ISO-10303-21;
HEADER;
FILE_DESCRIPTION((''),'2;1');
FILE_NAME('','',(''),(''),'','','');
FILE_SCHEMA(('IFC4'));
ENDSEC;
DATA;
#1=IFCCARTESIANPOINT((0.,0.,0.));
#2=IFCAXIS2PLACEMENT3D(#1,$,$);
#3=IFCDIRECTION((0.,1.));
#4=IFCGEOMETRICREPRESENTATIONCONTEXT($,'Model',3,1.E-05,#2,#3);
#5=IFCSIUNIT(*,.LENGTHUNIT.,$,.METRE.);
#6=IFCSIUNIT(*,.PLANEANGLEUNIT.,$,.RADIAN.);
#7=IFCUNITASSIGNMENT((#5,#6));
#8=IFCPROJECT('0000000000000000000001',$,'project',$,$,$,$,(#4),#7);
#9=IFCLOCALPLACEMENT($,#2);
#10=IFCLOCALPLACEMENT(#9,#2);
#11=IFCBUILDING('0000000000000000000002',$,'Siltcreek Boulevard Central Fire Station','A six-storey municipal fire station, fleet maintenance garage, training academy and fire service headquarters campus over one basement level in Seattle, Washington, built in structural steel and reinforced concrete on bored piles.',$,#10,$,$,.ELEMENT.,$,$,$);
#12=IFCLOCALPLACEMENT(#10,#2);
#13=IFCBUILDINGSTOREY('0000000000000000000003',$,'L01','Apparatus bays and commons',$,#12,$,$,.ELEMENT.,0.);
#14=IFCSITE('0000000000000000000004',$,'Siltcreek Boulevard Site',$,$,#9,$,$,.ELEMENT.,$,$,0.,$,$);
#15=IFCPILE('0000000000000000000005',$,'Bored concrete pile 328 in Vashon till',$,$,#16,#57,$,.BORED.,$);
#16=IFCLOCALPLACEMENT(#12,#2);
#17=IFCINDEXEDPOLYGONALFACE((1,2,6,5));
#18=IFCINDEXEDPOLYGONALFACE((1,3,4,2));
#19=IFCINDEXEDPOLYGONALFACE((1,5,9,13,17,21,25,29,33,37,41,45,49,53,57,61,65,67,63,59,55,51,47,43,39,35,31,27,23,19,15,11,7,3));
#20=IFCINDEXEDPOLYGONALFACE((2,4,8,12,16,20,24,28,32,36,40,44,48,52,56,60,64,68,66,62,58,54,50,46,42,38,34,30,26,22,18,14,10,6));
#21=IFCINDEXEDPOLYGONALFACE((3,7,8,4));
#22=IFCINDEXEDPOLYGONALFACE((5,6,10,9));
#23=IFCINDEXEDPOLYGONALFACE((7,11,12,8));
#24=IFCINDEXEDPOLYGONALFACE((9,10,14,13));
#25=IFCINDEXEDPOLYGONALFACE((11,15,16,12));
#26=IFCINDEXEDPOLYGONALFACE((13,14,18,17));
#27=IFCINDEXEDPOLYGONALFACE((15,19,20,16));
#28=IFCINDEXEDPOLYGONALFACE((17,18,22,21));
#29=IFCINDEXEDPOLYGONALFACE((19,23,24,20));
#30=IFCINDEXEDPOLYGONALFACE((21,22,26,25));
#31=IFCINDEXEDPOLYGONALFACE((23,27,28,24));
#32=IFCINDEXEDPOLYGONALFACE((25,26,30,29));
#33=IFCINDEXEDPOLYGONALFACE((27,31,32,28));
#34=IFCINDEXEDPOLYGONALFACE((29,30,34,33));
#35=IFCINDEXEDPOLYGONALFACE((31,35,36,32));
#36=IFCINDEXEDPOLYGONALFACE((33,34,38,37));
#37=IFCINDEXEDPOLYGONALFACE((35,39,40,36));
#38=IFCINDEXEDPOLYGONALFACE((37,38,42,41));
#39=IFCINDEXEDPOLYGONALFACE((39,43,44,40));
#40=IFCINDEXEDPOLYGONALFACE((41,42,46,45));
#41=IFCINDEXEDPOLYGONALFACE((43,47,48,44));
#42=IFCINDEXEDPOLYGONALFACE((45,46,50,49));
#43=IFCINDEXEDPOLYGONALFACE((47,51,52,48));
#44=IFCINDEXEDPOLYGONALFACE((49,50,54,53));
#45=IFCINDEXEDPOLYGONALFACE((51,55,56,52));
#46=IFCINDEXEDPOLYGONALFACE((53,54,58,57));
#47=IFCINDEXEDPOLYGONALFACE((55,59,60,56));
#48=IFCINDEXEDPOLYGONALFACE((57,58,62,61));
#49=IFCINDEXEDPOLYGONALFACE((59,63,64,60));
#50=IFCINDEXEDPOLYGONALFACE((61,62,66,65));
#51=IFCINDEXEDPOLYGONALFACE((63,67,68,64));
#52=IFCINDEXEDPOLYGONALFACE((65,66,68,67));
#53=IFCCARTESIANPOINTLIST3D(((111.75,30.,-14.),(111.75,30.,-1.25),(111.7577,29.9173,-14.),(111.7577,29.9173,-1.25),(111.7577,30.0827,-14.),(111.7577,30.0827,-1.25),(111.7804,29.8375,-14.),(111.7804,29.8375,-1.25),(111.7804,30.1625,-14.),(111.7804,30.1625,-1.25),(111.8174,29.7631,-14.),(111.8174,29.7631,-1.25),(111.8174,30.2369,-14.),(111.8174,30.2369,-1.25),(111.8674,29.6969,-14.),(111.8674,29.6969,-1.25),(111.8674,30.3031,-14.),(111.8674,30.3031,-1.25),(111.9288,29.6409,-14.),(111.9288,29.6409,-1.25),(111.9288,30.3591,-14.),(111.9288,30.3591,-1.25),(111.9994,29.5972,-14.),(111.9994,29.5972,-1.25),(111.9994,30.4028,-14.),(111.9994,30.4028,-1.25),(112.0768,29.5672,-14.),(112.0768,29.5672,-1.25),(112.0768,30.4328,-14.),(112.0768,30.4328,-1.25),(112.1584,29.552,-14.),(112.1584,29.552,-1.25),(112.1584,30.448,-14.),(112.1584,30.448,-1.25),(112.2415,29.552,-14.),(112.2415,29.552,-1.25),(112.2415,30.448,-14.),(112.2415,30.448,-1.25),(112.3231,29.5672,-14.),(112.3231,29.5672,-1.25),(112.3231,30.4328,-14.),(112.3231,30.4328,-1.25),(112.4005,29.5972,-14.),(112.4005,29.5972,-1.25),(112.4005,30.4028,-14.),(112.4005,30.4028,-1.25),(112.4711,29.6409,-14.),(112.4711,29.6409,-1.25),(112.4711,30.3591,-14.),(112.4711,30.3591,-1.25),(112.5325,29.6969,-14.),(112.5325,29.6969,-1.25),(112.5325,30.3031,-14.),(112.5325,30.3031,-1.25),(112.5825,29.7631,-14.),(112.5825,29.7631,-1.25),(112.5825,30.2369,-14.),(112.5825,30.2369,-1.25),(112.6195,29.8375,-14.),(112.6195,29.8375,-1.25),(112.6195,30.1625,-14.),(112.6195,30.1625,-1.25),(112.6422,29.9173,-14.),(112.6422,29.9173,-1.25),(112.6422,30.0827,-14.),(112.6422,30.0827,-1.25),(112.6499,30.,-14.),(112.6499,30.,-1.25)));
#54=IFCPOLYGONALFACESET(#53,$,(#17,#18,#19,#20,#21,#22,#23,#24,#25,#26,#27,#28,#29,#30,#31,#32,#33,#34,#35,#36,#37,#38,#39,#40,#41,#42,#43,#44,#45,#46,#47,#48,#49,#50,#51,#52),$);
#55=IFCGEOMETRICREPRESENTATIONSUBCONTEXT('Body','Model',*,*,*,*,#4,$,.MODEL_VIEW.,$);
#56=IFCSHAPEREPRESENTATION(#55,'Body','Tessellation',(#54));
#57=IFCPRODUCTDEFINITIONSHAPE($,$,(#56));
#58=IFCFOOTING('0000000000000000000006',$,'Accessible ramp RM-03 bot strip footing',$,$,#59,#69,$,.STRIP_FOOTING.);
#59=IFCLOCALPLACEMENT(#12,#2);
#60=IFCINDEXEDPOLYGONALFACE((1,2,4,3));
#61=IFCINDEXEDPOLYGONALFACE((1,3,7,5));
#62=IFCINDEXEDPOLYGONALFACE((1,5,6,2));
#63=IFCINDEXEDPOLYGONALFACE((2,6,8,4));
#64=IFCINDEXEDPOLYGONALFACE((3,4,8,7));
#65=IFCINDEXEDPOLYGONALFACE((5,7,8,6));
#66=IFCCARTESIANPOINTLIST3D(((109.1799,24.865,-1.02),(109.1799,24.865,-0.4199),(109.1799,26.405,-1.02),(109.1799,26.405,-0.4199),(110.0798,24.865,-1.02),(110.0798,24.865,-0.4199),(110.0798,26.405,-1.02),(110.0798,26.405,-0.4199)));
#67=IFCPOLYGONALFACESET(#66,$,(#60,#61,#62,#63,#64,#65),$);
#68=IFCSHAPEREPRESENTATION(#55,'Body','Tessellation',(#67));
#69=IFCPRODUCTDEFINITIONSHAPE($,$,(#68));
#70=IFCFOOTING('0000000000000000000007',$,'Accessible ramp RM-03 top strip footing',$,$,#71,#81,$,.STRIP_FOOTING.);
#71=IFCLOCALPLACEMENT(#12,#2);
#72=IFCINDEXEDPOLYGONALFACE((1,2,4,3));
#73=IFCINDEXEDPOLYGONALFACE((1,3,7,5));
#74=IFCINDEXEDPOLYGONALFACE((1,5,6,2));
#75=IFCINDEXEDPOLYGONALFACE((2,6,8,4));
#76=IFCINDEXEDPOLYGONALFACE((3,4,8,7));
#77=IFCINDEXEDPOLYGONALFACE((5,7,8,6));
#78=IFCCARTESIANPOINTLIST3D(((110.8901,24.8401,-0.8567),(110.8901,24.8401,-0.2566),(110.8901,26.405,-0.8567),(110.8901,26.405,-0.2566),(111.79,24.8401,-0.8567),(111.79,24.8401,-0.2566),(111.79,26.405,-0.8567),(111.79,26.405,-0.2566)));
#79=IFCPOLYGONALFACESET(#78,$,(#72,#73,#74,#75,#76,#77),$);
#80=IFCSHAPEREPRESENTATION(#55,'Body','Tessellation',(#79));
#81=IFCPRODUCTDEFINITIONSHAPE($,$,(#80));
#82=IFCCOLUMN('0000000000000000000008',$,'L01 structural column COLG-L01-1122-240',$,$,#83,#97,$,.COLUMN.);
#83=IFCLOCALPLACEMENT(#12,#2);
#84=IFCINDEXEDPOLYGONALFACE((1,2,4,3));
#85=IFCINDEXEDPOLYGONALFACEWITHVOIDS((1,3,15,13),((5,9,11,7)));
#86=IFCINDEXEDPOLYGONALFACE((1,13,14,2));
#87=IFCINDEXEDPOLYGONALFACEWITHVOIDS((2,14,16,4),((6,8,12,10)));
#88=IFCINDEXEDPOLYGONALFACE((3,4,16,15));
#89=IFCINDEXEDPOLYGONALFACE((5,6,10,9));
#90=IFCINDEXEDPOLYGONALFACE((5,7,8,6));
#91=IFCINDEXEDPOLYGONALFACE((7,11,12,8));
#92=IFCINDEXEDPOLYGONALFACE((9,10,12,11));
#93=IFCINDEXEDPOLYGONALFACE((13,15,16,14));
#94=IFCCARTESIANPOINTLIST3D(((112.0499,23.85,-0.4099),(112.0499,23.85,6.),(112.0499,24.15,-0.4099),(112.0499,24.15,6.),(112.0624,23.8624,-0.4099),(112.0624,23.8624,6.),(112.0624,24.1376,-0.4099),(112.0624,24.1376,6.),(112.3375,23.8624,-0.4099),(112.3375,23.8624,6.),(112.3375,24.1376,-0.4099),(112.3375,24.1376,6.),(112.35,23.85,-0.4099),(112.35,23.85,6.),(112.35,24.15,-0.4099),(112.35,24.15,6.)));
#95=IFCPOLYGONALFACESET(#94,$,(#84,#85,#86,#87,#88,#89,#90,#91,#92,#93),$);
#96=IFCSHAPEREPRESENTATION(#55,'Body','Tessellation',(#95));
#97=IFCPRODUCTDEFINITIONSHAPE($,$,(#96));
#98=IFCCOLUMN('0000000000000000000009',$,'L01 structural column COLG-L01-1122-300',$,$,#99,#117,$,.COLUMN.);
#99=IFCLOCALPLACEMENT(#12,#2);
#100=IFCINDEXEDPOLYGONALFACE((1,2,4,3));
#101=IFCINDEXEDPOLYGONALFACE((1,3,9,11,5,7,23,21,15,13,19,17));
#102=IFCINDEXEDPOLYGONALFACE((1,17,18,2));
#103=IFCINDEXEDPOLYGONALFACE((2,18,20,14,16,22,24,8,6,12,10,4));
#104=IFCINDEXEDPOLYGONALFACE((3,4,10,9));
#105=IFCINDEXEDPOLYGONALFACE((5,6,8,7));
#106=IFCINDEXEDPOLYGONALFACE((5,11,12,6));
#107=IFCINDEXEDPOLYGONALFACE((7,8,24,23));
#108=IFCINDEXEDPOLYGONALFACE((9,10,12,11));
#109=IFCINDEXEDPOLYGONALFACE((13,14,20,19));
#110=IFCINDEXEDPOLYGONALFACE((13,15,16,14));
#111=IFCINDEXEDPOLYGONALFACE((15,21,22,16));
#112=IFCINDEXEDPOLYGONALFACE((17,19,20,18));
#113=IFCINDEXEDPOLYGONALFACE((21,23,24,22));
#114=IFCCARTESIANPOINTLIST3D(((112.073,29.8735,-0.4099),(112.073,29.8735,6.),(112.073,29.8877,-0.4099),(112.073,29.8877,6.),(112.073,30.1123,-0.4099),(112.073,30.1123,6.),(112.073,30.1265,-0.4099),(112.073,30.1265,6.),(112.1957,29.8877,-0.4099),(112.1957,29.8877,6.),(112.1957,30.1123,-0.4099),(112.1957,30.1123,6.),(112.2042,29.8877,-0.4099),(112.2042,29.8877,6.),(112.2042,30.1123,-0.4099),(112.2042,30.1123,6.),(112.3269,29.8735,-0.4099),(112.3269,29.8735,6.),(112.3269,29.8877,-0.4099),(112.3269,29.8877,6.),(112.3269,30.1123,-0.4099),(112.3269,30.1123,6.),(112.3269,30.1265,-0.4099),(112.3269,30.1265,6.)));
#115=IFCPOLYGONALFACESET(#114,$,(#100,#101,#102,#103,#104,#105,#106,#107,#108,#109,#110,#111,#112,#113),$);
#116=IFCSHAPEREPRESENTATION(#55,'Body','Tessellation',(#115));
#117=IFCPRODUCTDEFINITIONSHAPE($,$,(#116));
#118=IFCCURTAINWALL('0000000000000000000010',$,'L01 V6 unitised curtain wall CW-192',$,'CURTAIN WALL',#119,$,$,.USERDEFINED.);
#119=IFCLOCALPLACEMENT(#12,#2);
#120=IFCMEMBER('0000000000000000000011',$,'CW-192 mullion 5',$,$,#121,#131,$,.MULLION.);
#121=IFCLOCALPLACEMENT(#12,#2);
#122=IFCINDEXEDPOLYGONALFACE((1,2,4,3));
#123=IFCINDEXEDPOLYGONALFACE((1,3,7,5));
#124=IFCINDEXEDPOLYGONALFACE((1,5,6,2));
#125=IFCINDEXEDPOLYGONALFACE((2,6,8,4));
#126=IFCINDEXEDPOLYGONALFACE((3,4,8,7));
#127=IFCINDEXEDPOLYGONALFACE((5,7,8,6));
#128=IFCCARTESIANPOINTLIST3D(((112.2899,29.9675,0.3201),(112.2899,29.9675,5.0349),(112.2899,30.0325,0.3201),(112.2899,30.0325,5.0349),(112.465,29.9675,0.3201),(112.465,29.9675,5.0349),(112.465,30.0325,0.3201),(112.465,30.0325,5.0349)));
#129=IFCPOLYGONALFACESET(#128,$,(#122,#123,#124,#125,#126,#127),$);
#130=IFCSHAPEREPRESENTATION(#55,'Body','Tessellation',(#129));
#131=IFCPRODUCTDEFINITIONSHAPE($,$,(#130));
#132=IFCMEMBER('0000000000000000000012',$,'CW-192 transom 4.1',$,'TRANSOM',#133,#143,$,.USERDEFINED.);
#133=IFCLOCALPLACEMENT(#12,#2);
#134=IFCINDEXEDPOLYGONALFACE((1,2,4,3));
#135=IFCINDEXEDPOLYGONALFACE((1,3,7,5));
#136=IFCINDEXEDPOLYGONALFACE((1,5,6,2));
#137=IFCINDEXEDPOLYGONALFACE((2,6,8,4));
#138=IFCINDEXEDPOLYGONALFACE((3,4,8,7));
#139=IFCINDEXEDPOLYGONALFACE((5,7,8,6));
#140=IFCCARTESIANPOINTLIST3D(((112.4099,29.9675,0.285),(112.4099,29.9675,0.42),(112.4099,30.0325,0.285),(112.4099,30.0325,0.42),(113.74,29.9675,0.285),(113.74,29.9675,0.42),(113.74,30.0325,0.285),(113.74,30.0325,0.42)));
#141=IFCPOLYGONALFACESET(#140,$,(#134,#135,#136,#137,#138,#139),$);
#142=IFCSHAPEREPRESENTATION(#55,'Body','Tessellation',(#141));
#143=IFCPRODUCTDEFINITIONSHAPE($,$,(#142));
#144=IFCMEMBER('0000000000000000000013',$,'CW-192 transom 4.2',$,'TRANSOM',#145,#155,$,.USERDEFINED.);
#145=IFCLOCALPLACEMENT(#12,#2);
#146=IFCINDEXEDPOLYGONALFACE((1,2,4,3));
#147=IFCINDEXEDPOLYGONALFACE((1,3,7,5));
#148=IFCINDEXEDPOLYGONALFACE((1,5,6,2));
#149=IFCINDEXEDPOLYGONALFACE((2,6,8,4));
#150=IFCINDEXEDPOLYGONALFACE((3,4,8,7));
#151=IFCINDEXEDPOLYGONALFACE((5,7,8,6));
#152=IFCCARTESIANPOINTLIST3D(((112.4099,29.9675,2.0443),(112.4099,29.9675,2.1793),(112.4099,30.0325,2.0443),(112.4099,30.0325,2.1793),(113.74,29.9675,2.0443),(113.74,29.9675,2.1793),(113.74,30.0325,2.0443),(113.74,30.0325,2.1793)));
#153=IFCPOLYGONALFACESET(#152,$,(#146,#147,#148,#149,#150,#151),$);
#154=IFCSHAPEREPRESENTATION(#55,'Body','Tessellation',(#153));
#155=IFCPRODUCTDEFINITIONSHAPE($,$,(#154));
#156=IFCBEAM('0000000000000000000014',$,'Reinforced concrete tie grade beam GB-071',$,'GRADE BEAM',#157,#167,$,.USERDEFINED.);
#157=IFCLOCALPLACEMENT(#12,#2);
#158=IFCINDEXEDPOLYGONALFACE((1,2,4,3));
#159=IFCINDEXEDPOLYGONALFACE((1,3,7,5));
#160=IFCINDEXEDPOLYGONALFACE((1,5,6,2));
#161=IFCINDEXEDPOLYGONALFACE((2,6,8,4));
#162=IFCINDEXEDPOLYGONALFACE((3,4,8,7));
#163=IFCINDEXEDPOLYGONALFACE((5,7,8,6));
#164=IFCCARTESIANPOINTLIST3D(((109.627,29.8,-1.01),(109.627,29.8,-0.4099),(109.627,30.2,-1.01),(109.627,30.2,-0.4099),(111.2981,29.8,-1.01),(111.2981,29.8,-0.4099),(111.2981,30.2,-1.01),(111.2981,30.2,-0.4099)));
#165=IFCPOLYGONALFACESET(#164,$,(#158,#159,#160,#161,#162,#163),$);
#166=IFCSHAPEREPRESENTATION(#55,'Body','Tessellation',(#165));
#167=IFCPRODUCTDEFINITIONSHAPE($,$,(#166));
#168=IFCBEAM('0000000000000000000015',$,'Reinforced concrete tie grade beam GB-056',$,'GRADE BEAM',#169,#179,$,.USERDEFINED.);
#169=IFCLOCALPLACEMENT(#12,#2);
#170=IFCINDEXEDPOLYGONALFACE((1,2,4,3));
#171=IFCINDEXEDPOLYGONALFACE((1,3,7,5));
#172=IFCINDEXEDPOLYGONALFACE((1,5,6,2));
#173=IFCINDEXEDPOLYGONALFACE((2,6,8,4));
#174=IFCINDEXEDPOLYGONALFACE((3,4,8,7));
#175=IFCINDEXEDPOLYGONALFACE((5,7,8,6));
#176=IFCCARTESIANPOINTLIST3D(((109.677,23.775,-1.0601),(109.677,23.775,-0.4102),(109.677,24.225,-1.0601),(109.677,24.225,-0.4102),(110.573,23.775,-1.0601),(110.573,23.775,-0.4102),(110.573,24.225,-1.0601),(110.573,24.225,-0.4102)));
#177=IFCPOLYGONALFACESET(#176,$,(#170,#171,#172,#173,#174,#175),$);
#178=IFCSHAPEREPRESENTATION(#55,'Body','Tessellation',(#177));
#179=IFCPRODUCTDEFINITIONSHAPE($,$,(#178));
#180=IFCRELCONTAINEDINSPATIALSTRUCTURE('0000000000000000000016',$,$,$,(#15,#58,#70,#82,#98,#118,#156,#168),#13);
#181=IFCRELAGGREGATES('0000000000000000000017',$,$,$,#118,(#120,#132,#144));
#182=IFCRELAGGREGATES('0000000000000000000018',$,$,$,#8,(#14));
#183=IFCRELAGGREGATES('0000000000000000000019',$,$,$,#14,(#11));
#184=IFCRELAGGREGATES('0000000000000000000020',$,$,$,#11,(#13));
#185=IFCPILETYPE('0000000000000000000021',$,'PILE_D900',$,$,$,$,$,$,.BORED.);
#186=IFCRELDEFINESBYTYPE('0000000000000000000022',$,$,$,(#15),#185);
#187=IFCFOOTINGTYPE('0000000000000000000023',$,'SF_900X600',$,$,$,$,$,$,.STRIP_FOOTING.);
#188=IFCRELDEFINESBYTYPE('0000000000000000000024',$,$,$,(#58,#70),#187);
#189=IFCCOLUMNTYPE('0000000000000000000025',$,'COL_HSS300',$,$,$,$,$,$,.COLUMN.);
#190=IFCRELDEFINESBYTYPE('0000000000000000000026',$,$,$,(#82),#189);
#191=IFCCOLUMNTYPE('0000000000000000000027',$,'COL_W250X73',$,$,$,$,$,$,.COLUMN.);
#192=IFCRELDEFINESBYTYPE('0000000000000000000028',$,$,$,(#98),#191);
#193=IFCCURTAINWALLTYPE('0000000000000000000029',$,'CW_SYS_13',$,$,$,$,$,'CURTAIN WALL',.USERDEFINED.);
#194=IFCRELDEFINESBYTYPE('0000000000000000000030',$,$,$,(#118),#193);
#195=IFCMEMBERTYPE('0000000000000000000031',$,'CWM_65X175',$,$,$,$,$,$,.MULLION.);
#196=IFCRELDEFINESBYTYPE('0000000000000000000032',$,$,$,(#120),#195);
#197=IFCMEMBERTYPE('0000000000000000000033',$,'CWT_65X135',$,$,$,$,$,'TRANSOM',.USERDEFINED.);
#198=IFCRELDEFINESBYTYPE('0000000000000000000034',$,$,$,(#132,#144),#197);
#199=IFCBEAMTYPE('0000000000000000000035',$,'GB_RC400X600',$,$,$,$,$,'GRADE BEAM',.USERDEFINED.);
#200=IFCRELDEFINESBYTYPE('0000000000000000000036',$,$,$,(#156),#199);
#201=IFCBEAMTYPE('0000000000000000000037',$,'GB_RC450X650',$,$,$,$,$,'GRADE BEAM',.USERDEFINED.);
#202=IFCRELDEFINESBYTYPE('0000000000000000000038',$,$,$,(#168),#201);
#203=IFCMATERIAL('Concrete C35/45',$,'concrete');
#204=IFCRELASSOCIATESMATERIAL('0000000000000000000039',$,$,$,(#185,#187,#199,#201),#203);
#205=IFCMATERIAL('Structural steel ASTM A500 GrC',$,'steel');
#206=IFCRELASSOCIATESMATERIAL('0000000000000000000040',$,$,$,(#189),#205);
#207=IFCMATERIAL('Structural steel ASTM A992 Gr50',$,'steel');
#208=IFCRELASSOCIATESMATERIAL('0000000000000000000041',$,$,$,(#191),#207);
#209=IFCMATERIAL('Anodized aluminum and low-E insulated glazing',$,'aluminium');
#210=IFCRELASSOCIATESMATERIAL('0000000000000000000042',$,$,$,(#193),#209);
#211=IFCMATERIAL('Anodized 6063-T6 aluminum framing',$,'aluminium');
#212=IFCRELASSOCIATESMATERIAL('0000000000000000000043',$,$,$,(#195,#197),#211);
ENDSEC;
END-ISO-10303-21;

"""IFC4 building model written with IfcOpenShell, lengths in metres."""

from ifc_helpers import new_model, si_unit, direction, frame, origin, origin_2d, place, context, subcontext, project, spatial, rectangle, hollow_rectangle, circle, i_section, extrude, material, material_profile, profile_set, type_object, element, aggregate, save


model = new_model("IFC4")

# Units and contexts
model_context = context("Model", 3, precision=1e-05, world=origin(), true_north=direction((0.0, 1.0)))
body_context = subcontext(model_context, "Body", "Model", "MODEL_VIEW")
ifc_project = project(units=[si_unit("LENGTHUNIT", "METRE"), si_unit("PLANEANGLEUNIT", "RADIAN")], contexts=[model_context])

# Site, building, storey
site_placement = place(None, origin())
site = spatial("IfcSite", under=ifc_project, at=site_placement, Name="Siltcreek Boulevard Site", CompositionType="ELEMENT", RefElevation=0.0)
building_placement = place(site_placement, origin())
building = spatial("IfcBuilding", under=site, at=building_placement, Name="Siltcreek Boulevard Central Fire Station", Description="A six-storey municipal fire station, fleet maintenance garage, training academy and fire service headquarters campus over one basement level in Seattle, Washington, built in structural steel and reinforced concrete on bored piles.", CompositionType="ELEMENT")
storey_placement = place(building_placement, origin())
storey = spatial("IfcBuildingStorey", under=building, at=storey_placement, Name="L01", Description="Apparatus bays and commons", CompositionType="ELEMENT", Elevation=0.0)

# Shared definitions
ifc_material_1 = material(Name="Concrete C35/45", Category="concrete")

# Pile
ifc_material_profile_1 = material_profile(ifc_material_1, circle(Radius=0.45, at=origin_2d()), Name="SHAFT900")
ifc_profile_set_1 = profile_set([ifc_material_profile_1], Name="Concrete C35/45")
pile_type_1 = type_object("IfcPileType", Name="PILE_D900", PredefinedType="BORED", material=ifc_profile_set_1)
pile_1_placement = place(storey_placement, frame((112.2, 30.0, -1.25), z_axis=(0.0, 0.0, -1.0), x_axis=(1.0, 0.0, 0.0)))
element("IfcPile", 1, at=pile_1_placement, inside=storey, type_object=pile_type_1, Name="Bored concrete pile 328 in Vashon till", PredefinedType="BORED", context=body_context, shape_type="SweptSolid", body=[
    extrude(circle(Radius=0.45, at=origin_2d()), origin(), (0.0, 0.0, 1.0), 12.75),
])

# Footings
footing_type_1 = type_object("IfcFootingType", Name="SF_900X600", PredefinedType="STRIP_FOOTING", material=ifc_material_1)
footing_1_placement = place(storey_placement, frame((109.6299, 25.635, -1.02), z_axis=(0.0, 0.0, 1.0), x_axis=(1.0, 0.0, 0.0)))
element("IfcFooting", 2, at=footing_1_placement, inside=storey, type_object=footing_type_1, Name="Accessible ramp RM-03 bot strip footing", PredefinedType="STRIP_FOOTING", context=body_context, shape_type="SweptSolid", body=[
    extrude(rectangle(XDim=0.8999, YDim=1.54, at=origin_2d()), origin(), (0.0, 0.0, 1.0), 0.6001),
])
footing_2_placement = place(storey_placement, frame((111.3401, 25.6226, -0.8567), z_axis=(0.0, 0.0, 1.0), x_axis=(1.0, 0.0, 0.0)))
element("IfcFooting", 3, at=footing_2_placement, inside=storey, type_object=footing_type_1, Name="Accessible ramp RM-03 top strip footing", PredefinedType="STRIP_FOOTING", context=body_context, shape_type="SweptSolid", body=[
    extrude(rectangle(XDim=0.8999, YDim=1.5649, at=origin_2d()), origin(), (0.0, 0.0, 1.0), 0.6001),
])

# Columns
ifc_material_2 = material(Name="Structural steel ASTM A500 GrC", Category="steel")
ifc_material_profile_2 = material_profile(ifc_material_2, hollow_rectangle(XDim=0.3, YDim=0.3, WallThickness=0.0125, at=origin_2d()), Name="HSS300X300X12.5")
ifc_profile_set_2 = profile_set([ifc_material_profile_2], Name="Structural steel ASTM A500 GrC")
column_type_1 = type_object("IfcColumnType", Name="COL_HSS300", PredefinedType="COLUMN", material=ifc_profile_set_2)
column_1_placement = place(storey_placement, frame((112.2, 24.0, -0.4099), z_axis=(0.0, 0.0, 1.0), x_axis=(1.0, 0.0, 0.0)))
element("IfcColumn", 4, at=column_1_placement, inside=storey, type_object=column_type_1, Name="L01 structural column COLG-L01-1122-240", PredefinedType="COLUMN", context=body_context, shape_type="SweptSolid", body=[
    extrude(hollow_rectangle(XDim=0.3, YDim=0.3, WallThickness=0.0125, at=origin_2d()), origin(), (0.0, 0.0, 1.0), 6.4099),
])
ifc_material_3 = material(Name="Structural steel ASTM A992 Gr50", Category="steel")
ifc_material_profile_3 = material_profile(ifc_material_3, i_section(OverallWidth=0.2539, OverallDepth=0.2529, WebThickness=0.0085, FlangeThickness=0.0142, at=origin_2d()), Name="W250X73")
ifc_profile_set_3 = profile_set([ifc_material_profile_3], Name="Structural steel ASTM A992 Gr50")
column_type_2 = type_object("IfcColumnType", Name="COL_W250X73", PredefinedType="COLUMN", material=ifc_profile_set_3)
column_2_placement = place(storey_placement, frame((112.2, 30.0, -0.4099), z_axis=(0.0, 0.0, 1.0), x_axis=(1.0, 0.0, 0.0)))
element("IfcColumn", 5, at=column_2_placement, inside=storey, type_object=column_type_2, Name="L01 structural column COLG-L01-1122-300", PredefinedType="COLUMN", context=body_context, shape_type="SweptSolid", body=[
    extrude(i_section(OverallWidth=0.2539, OverallDepth=0.2529, WebThickness=0.0085, FlangeThickness=0.0142, at=origin_2d()), origin(), (0.0, 0.0, 1.0), 6.4099),
])

# Curtain wall, members
ifc_material_4 = material(Name="Anodized aluminum and low-E insulated glazing", Category="aluminium")
curtain_wall_type = type_object("IfcCurtainWallType", Name="CW_SYS_13", ElementType="CURTAIN WALL", PredefinedType="USERDEFINED", material=ifc_material_4)
curtain_wall_placement = place(storey_placement, origin())
curtain_wall = element("IfcCurtainWall", 6, at=curtain_wall_placement, inside=storey, type_object=curtain_wall_type, Name="L01 V6 unitised curtain wall CW-192", ObjectType="CURTAIN WALL", PredefinedType="USERDEFINED")
ifc_material_5 = material(Name="Anodized 6063-T6 aluminum framing", Category="aluminium")
ifc_material_profile_4 = material_profile(ifc_material_5, rectangle(XDim=0.0649, YDim=0.175, at=origin_2d()), Name="MULL65X175")
ifc_profile_set_4 = profile_set([ifc_material_profile_4], Name="Anodized 6063-T6 aluminum framing")
member_type_1 = type_object("IfcMemberType", Name="CWM_65X175", PredefinedType="MULLION", material=ifc_profile_set_4)
member_1_placement = place(storey_placement, frame((112.3774, 30.0, 0.3201), z_axis=(0.0, 0.0, 1.0), x_axis=(0.0, -1.0, 0.0)))
member_1 = element("IfcMember", 7, at=member_1_placement, type_object=member_type_1, Name="CW-192 mullion 5", PredefinedType="MULLION", context=body_context, shape_type="SweptSolid", body=[
    extrude(rectangle(XDim=0.0649, YDim=0.175, at=origin_2d()), origin(), (0.0, 0.0, 1.0), 4.7148),
])
ifc_material_profile_5 = material_profile(ifc_material_5, rectangle(XDim=0.0649, YDim=0.135, at=origin_2d()), Name="TRAN65X135")
ifc_profile_set_5 = profile_set([ifc_material_profile_5], Name="Anodized 6063-T6 aluminum framing")
member_type_2 = type_object("IfcMemberType", Name="CWT_65X135", ElementType="TRANSOM", PredefinedType="USERDEFINED", material=ifc_profile_set_5)
member_2_placement = place(storey_placement, frame((113.74, 30.0, 0.3525), z_axis=(-1.0, 0.0, 0.0), x_axis=(0.0, -1.0, 0.0)))
member_2 = element("IfcMember", 8, at=member_2_placement, type_object=member_type_2, Name="CW-192 transom 4.1", ObjectType="TRANSOM", PredefinedType="USERDEFINED", context=body_context, shape_type="SweptSolid", body=[
    extrude(rectangle(XDim=0.0649, YDim=0.135, at=origin_2d()), origin(), (0.0, 0.0, 1.0), 1.3301),
])
member_3_placement = place(storey_placement, frame((113.74, 30.0, 2.1118), z_axis=(-1.0, 0.0, 0.0), x_axis=(0.0, -1.0, 0.0)))
member_3 = element("IfcMember", 9, at=member_3_placement, type_object=member_type_2, Name="CW-192 transom 4.2", ObjectType="TRANSOM", PredefinedType="USERDEFINED", context=body_context, shape_type="SweptSolid", body=[
    extrude(rectangle(XDim=0.0649, YDim=0.135, at=origin_2d()), origin(), (0.0, 0.0, 1.0), 1.3301),
])

# Beams
ifc_material_profile_6 = material_profile(ifc_material_1, rectangle(XDim=0.3999, YDim=0.6001, at=origin_2d()), Name="RC400X600")
ifc_profile_set_6 = profile_set([ifc_material_profile_6], Name="Concrete C35/45")
beam_type_1 = type_object("IfcBeamType", Name="GB_RC400X600", ElementType="GRADE BEAM", PredefinedType="USERDEFINED", material=ifc_profile_set_6)
beam_1_placement = place(storey_placement, frame((109.627, 30.0, -0.71), z_axis=(1.0, 0.0, 0.0), x_axis=(0.0, 1.0, 0.0)))
element("IfcBeam", 10, at=beam_1_placement, inside=storey, type_object=beam_type_1, Name="Reinforced concrete tie grade beam GB-071", ObjectType="GRADE BEAM", PredefinedType="USERDEFINED", context=body_context, shape_type="SweptSolid", body=[
    extrude(rectangle(XDim=0.3999, YDim=0.6001, at=origin_2d()), origin(), (0.0, 0.0, 1.0), 1.6711),
])
ifc_material_profile_7 = material_profile(ifc_material_1, rectangle(XDim=0.45, YDim=0.6499, at=origin_2d()), Name="RC450X650")
ifc_profile_set_7 = profile_set([ifc_material_profile_7], Name="Concrete C35/45")
beam_type_2 = type_object("IfcBeamType", Name="GB_RC450X650", ElementType="GRADE BEAM", PredefinedType="USERDEFINED", material=ifc_profile_set_7)
beam_2_placement = place(storey_placement, frame((109.677, 24.0, -0.7351), z_axis=(1.0, 0.0, 0.0), x_axis=(0.0, 1.0, 0.0)))
element("IfcBeam", 11, at=beam_2_placement, inside=storey, type_object=beam_type_2, Name="Reinforced concrete tie grade beam GB-056", ObjectType="GRADE BEAM", PredefinedType="USERDEFINED", context=body_context, shape_type="SweptSolid", body=[
    extrude(rectangle(XDim=0.45, YDim=0.6499, at=origin_2d()), origin(), (0.0, 0.0, 1.0), 0.896),
])

aggregate(curtain_wall, [member_1, member_2, member_3])

save(model, "model.ifc")
